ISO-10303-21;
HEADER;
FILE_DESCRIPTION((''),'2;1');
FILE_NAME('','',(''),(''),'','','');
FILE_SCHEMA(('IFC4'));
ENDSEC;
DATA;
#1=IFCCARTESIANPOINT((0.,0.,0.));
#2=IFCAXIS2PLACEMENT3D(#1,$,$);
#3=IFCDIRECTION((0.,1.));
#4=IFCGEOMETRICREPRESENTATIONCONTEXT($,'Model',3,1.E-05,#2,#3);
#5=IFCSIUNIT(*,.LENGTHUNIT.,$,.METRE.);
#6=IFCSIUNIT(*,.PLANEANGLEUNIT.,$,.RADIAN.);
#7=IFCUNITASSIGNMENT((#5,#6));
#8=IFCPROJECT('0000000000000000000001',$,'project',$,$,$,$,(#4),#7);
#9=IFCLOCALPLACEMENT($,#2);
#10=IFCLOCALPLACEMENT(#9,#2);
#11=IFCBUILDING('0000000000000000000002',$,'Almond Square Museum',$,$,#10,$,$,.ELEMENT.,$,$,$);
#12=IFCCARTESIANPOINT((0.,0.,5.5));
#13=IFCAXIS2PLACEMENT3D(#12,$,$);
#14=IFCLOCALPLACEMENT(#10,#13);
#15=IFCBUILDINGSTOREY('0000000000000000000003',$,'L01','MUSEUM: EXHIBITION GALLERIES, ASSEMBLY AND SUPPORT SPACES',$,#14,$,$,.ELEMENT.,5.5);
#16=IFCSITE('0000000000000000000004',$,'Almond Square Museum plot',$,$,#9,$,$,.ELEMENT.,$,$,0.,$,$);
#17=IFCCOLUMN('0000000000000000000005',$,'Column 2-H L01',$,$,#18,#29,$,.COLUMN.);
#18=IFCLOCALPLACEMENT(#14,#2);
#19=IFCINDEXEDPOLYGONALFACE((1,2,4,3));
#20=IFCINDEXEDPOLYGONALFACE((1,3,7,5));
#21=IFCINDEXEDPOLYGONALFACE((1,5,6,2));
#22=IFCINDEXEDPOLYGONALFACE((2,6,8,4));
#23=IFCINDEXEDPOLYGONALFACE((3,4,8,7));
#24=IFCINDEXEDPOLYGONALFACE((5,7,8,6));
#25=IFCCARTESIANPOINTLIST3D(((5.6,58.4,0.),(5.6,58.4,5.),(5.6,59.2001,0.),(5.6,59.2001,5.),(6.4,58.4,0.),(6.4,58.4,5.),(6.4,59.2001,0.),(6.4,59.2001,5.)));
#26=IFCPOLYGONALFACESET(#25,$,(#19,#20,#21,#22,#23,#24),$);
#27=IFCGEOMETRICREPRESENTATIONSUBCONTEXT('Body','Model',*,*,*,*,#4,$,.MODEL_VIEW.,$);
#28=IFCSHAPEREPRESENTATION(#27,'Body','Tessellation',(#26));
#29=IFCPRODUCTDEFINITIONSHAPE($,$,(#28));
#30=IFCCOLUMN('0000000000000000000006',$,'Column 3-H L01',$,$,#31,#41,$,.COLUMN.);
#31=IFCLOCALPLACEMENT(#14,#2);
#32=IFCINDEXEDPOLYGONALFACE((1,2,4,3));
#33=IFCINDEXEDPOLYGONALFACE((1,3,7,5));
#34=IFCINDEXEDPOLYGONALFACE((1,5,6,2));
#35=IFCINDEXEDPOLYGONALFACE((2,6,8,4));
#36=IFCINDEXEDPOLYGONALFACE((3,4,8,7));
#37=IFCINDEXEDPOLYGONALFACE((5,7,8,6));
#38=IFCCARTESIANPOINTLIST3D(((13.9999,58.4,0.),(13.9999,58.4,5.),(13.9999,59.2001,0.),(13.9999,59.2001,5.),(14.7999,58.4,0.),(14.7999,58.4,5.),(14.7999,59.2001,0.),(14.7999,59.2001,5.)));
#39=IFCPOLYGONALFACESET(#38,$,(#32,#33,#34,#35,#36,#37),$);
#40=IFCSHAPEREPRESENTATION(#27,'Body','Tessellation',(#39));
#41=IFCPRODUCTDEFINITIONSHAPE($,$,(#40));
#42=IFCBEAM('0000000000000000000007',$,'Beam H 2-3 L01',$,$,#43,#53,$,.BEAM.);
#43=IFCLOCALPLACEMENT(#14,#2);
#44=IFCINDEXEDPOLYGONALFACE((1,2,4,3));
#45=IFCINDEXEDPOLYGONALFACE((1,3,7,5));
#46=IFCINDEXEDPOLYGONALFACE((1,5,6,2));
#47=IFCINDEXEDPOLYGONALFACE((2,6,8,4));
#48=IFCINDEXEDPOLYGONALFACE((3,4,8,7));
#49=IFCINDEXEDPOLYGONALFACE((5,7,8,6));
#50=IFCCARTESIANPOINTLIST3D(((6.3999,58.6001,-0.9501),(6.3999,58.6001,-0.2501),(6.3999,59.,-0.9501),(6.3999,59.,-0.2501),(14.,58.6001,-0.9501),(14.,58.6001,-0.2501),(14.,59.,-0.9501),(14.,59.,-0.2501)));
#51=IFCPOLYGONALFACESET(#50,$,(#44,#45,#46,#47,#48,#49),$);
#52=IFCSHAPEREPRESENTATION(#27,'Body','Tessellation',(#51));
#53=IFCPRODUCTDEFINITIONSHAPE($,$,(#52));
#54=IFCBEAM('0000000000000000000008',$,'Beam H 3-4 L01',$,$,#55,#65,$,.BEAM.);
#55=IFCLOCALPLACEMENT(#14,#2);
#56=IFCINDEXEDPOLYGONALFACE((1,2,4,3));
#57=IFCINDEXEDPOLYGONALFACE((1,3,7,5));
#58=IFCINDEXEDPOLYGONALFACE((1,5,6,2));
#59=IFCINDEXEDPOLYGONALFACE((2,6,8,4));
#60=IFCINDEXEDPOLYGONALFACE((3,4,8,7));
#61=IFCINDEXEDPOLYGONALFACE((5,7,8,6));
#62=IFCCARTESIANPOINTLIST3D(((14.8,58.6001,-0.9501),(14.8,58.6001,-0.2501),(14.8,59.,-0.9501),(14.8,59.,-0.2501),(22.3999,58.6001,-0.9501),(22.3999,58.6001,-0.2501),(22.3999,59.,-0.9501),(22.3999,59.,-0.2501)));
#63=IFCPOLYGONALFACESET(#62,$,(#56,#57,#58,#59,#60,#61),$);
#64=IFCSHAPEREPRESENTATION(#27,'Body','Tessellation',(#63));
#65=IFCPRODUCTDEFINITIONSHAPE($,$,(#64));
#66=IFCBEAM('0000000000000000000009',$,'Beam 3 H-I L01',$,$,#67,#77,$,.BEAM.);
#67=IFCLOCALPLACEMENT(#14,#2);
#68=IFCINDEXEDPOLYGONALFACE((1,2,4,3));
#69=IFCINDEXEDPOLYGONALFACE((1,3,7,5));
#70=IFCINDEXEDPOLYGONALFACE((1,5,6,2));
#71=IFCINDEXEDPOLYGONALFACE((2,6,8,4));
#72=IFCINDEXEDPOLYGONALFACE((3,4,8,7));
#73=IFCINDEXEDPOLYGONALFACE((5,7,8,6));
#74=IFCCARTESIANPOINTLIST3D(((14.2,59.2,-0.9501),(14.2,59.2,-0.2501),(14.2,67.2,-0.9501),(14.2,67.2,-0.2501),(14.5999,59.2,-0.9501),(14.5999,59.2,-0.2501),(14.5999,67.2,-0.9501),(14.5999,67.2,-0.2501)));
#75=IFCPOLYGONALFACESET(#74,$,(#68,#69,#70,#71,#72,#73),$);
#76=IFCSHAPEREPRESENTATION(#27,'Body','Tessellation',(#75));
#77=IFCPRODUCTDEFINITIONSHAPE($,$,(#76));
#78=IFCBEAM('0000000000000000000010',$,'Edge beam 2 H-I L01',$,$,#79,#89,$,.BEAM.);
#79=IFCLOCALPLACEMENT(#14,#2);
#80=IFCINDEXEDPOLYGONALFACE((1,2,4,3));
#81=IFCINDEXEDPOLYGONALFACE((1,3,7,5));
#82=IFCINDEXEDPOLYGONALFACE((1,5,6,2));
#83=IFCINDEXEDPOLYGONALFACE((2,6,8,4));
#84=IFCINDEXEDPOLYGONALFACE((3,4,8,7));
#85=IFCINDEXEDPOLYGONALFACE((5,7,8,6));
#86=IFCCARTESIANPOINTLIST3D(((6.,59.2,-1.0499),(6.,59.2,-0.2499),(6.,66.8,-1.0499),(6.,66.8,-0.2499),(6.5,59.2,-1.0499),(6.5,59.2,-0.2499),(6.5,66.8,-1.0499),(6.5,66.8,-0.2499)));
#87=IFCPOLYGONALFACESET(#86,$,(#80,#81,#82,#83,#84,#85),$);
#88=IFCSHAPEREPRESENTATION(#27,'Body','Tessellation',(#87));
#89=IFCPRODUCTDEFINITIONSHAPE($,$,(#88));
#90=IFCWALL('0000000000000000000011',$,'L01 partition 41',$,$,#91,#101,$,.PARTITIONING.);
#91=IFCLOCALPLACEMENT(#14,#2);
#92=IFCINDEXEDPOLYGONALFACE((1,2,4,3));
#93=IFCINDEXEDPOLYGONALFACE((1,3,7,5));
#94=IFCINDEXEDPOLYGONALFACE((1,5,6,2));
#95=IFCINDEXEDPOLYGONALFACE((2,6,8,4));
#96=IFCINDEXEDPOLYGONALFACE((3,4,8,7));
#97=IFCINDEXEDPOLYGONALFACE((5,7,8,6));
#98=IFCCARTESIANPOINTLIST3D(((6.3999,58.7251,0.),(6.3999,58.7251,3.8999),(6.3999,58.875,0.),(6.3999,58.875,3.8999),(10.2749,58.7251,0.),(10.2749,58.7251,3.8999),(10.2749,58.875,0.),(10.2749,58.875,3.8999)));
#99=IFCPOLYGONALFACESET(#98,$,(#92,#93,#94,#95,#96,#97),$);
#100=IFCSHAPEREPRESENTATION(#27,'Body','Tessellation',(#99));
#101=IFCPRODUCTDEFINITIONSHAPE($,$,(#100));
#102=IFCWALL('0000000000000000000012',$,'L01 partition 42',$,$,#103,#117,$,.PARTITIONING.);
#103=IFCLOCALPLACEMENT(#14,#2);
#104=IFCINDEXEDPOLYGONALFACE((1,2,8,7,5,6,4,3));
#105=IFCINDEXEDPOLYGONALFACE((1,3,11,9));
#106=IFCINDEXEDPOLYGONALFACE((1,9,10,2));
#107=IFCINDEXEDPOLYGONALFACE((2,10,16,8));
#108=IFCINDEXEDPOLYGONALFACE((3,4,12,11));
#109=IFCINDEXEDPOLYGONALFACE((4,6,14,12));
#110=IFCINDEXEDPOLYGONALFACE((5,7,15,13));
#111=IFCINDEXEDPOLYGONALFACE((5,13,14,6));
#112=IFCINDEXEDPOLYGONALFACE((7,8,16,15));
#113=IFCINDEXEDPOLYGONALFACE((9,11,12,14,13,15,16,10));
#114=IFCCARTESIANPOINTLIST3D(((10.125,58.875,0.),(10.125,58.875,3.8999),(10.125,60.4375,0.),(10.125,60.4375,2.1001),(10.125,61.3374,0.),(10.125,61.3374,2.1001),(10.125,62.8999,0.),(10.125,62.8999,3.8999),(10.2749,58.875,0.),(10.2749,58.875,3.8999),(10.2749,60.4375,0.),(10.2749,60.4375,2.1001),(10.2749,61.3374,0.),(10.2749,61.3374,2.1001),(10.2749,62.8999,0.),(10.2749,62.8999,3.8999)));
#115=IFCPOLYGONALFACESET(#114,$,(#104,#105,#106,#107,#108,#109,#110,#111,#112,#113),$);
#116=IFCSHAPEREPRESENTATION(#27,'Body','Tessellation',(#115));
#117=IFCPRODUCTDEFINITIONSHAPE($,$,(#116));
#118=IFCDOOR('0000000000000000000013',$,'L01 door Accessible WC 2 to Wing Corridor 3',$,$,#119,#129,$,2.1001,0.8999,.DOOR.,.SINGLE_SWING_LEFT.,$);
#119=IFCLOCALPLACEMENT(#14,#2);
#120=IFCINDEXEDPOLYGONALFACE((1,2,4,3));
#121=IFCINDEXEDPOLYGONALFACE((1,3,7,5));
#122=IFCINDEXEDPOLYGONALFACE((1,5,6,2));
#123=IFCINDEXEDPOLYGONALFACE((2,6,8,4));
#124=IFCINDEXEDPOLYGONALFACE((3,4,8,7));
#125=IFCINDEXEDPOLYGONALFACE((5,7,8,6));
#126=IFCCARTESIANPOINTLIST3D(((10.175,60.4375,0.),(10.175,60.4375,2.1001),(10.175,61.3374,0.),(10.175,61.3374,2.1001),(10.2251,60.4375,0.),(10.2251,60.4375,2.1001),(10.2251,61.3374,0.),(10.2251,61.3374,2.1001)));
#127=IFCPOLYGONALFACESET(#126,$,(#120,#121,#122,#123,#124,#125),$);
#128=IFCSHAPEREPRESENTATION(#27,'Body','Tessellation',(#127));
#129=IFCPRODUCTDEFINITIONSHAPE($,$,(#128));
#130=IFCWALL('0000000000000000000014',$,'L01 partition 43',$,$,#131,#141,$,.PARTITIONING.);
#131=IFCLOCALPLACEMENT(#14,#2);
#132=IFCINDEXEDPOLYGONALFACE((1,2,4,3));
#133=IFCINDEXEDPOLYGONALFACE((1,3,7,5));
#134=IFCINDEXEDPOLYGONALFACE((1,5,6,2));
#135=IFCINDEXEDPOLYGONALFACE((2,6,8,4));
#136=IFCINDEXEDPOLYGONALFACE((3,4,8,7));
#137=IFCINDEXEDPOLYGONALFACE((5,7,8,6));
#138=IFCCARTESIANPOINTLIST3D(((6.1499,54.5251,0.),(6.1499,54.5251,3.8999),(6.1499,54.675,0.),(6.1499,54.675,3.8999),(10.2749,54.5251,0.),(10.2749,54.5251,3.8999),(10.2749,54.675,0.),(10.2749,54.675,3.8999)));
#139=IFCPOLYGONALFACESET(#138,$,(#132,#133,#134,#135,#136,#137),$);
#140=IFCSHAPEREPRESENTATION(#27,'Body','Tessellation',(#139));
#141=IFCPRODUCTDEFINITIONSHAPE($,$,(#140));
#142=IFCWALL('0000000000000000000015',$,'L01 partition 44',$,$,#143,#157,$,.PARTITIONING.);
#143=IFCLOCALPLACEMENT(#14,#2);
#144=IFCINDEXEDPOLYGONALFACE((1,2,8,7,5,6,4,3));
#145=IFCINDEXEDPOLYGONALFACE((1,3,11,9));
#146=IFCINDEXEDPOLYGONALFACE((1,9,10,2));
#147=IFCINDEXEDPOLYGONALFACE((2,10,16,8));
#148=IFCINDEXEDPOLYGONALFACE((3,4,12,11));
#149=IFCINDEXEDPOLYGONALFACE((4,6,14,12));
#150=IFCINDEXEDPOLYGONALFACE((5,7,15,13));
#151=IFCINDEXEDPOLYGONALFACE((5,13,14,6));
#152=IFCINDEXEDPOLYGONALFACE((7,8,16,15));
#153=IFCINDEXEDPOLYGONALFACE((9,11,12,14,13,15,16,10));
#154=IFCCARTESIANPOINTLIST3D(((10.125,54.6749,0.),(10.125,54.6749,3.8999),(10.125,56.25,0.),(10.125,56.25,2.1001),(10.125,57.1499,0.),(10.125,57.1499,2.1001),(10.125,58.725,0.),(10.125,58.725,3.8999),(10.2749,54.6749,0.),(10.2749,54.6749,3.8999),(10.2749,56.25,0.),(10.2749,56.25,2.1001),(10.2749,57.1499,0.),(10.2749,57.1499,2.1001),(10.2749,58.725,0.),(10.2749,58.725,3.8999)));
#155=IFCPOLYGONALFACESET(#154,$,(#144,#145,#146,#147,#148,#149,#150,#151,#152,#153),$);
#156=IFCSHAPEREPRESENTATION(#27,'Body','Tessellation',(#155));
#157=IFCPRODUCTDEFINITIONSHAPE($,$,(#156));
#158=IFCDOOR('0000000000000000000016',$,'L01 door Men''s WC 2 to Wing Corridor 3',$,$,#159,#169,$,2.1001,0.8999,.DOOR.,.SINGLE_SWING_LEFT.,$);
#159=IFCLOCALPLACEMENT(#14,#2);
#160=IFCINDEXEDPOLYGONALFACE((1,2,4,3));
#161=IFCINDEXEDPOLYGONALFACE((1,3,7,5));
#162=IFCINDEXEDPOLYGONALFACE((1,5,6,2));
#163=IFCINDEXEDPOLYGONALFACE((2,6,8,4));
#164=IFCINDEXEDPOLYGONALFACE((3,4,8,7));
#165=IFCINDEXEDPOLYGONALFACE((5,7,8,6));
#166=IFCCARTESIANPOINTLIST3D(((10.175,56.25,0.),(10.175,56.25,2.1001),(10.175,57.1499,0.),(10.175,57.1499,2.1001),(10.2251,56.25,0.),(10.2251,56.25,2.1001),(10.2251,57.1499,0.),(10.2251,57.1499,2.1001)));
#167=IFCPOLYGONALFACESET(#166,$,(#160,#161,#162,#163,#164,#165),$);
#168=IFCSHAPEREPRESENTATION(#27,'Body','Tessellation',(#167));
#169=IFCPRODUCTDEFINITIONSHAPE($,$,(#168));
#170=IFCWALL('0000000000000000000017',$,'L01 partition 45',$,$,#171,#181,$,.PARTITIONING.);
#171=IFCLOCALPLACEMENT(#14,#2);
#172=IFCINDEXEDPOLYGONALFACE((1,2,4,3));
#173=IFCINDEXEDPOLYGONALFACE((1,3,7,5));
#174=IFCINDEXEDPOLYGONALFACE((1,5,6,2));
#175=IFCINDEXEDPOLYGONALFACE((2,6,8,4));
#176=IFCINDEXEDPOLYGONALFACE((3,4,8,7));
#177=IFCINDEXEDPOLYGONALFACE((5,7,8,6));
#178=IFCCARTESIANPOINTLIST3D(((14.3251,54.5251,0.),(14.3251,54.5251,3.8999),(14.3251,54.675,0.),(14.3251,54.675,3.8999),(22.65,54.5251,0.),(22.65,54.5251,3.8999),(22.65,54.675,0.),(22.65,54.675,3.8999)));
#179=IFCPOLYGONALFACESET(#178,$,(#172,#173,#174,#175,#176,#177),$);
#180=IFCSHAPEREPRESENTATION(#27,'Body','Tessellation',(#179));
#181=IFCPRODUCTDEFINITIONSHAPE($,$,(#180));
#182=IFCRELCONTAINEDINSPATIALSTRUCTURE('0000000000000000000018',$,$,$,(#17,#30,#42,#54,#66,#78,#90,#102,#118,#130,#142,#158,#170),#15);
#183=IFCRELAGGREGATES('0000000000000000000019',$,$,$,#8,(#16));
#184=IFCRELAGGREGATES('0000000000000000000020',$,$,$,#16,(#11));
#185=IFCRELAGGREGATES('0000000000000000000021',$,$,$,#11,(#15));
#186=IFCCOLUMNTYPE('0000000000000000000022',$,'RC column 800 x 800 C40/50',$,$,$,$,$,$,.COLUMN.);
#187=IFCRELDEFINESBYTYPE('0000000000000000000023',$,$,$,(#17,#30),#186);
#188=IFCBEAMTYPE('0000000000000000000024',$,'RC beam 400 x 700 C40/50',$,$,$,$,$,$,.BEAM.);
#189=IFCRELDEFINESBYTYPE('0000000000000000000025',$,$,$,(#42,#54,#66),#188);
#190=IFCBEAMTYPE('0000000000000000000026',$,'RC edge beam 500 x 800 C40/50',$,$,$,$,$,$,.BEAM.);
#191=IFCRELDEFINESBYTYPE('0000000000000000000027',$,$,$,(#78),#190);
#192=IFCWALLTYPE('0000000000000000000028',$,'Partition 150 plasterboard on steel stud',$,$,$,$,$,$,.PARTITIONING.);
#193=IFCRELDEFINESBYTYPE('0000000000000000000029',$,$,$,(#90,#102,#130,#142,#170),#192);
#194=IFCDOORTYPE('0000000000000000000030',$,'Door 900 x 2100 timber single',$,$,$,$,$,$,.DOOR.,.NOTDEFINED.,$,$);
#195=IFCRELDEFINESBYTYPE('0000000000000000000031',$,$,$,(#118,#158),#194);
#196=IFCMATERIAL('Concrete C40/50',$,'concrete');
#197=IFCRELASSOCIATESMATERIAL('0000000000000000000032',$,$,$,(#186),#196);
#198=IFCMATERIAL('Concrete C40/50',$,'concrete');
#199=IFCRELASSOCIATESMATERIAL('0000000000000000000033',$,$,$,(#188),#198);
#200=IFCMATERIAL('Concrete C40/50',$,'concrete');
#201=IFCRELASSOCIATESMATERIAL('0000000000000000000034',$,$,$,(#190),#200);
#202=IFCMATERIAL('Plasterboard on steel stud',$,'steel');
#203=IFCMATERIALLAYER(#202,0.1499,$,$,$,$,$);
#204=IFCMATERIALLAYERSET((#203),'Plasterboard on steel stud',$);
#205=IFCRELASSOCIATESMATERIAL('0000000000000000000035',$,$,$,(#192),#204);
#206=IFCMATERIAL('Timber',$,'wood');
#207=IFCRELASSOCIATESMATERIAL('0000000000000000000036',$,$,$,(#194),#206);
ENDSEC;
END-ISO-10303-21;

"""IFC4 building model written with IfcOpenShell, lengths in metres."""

from ifc_helpers import new_model, si_unit, direction, frame, frame_2d, origin, origin_2d, place, context, subcontext, project, spatial, rectangle, extrude, material, layer, layer_set, material_profile, profile_set, type_object, element, fill, save


model = new_model("IFC4")

# Units and contexts
model_context = context("Model", 3, precision=1e-05, world=origin(), true_north=direction((0.0, 1.0)))
body_context = subcontext(model_context, "Body", "Model", "MODEL_VIEW")
ifc_project = project(units=[si_unit("LENGTHUNIT", "METRE"), si_unit("PLANEANGLEUNIT", "RADIAN")], contexts=[model_context])

# Site, building, storey
site_placement = place(None, origin())
site = spatial("IfcSite", under=ifc_project, at=site_placement, Name="Almond Square Museum plot", CompositionType="ELEMENT", RefElevation=0.0)
building_placement = place(site_placement, origin())
building = spatial("IfcBuilding", under=site, at=building_placement, Name="Almond Square Museum", CompositionType="ELEMENT")
storey_placement = place(building_placement, frame((0.0, 0.0, 5.5)))
storey = spatial("IfcBuildingStorey", under=building, at=storey_placement, Name="L01", Description="MUSEUM: EXHIBITION GALLERIES, ASSEMBLY AND SUPPORT SPACES", CompositionType="ELEMENT", Elevation=5.5)

# Columns
ifc_material_1 = material(Name="Concrete C40/50", Category="concrete")
ifc_material_profile_1 = material_profile(ifc_material_1, rectangle(XDim=0.8, YDim=0.8, at=origin_2d()))
ifc_profile_set_1 = profile_set([ifc_material_profile_1], Name="Concrete C40/50")
column_type = type_object("IfcColumnType", Name="RC column 800 x 800 C40/50", PredefinedType="COLUMN", material=ifc_profile_set_1)
for number, where, z_axis, x_axis, name in (
    (1, (6.0, 58.8, 0.0), (0.0, 0.0, 1.0), (1.0, 0.0, 0.0), "Column 2-H L01"),
    (2, (14.3999, 58.8, 0.0), (0.0, 0.0, 1.0), (1.0, 0.0, 0.0), "Column 3-H L01"),
):
    element("IfcColumn", number, at=place(storey_placement, frame(where, z_axis=z_axis, x_axis=x_axis)), inside=storey, type_object=column_type, Name=name, PredefinedType="COLUMN", context=body_context, shape_type="SweptSolid", body=[
        extrude(rectangle(XDim=0.8, YDim=0.8, at=origin_2d()), origin(), (0.0, 0.0, 1.0), 5.0),
    ])

# Beams
ifc_material_2 = material(Name="Concrete C40/50", Category="concrete")
ifc_material_profile_2 = material_profile(ifc_material_2, rectangle(XDim=0.3999, YDim=0.7, at=origin_2d()))
ifc_profile_set_2 = profile_set([ifc_material_profile_2], Name="Concrete C40/50")
beam_type_1 = type_object("IfcBeamType", Name="RC beam 400 x 700 C40/50", PredefinedType="BEAM", material=ifc_profile_set_2)
beam_1_placement = place(storey_placement, frame((6.3999, 58.8, -0.6001), z_axis=(1.0, 0.0, 0.0), x_axis=(0.0, 1.0, 0.0)))
element("IfcBeam", 3, at=beam_1_placement, inside=storey, type_object=beam_type_1, Name="Beam H 2-3 L01", PredefinedType="BEAM", context=body_context, shape_type="SweptSolid", body=[
    extrude(rectangle(XDim=0.3999, YDim=0.7, at=origin_2d()), origin(), (0.0, 0.0, 1.0), 7.6001),
])
beam_2_placement = place(storey_placement, frame((14.8, 58.8, -0.6001), z_axis=(1.0, 0.0, 0.0), x_axis=(0.0, 1.0, 0.0)))
element("IfcBeam", 4, at=beam_2_placement, inside=storey, type_object=beam_type_1, Name="Beam H 3-4 L01", PredefinedType="BEAM", context=body_context, shape_type="SweptSolid", body=[
    extrude(rectangle(XDim=0.3999, YDim=0.7, at=origin_2d()), origin(), (0.0, 0.0, 1.0), 7.5999),
])
beam_3_placement = place(storey_placement, frame((14.3999, 59.2, -0.6001), z_axis=(0.0, 1.0, 0.0), x_axis=(-1.0, 0.0, 0.0)))
element("IfcBeam", 5, at=beam_3_placement, inside=storey, type_object=beam_type_1, Name="Beam 3 H-I L01", PredefinedType="BEAM", context=body_context, shape_type="SweptSolid", body=[
    extrude(rectangle(XDim=0.3999, YDim=0.7, at=origin_2d()), origin(), (0.0, 0.0, 1.0), 8.0),
])
ifc_material_3 = material(Name="Concrete C40/50", Category="concrete")
ifc_material_profile_3 = material_profile(ifc_material_3, rectangle(XDim=0.5, YDim=0.8, at=origin_2d()))
ifc_profile_set_3 = profile_set([ifc_material_profile_3], Name="Concrete C40/50")
beam_type_2 = type_object("IfcBeamType", Name="RC edge beam 500 x 800 C40/50", PredefinedType="BEAM", material=ifc_profile_set_3)
beam_4_placement = place(storey_placement, frame((6.25, 59.2, -0.6499), z_axis=(0.0, 1.0, 0.0), x_axis=(-1.0, 0.0, 0.0)))
element("IfcBeam", 6, at=beam_4_placement, inside=storey, type_object=beam_type_2, Name="Edge beam 2 H-I L01", PredefinedType="BEAM", context=body_context, shape_type="SweptSolid", body=[
    extrude(rectangle(XDim=0.5, YDim=0.8, at=origin_2d()), origin(), (0.0, 0.0, 1.0), 7.6001),
])

# Wall
ifc_material_4 = material(Name="Plasterboard on steel stud", Category="steel")
ifc_layer_1 = layer(ifc_material_4, 0.1499)
ifc_layer_set_1 = layer_set([ifc_layer_1], Name="Plasterboard on steel stud")
wall_type_1 = type_object("IfcWallType", Name="Partition 150 plasterboard on steel stud", PredefinedType="PARTITIONING", material=ifc_layer_set_1)
wall_1_placement = place(storey_placement, frame((6.3999, 58.8, 0.0), z_axis=(0.0, 0.0, 1.0), x_axis=(1.0, 0.0, 0.0)))
element("IfcWall", 7, at=wall_1_placement, inside=storey, type_object=wall_type_1, Name="L01 partition 41", PredefinedType="PARTITIONING", context=body_context, shape_type="SweptSolid", body=[
    extrude(rectangle(XDim=3.875, YDim=0.1499, at=frame_2d((1.9375, 0.0))), origin(), (0.0, 0.0, 1.0), 3.8999),
])

# Wall, opening, door
wall_2_placement = place(storey_placement, frame((10.2, 58.875, 0.0), z_axis=(0.0, 0.0, 1.0), x_axis=(0.0, 1.0, 0.0)))
wall_2 = element("IfcWall", 8, at=wall_2_placement, inside=storey, type_object=wall_type_1, Name="L01 partition 42", PredefinedType="PARTITIONING", context=body_context, shape_type="SweptSolid", body=[
    extrude(rectangle(XDim=4.0249, YDim=0.1499, at=frame_2d((2.0125, 0.0))), origin(), (0.0, 0.0, 1.0), 3.8999),
])
opening_1_placement = place(wall_2_placement, frame((1.5625, 0.0, 0.0)))
opening_1 = element("IfcOpeningElement", 9, at=opening_1_placement, cuts=wall_2, PredefinedType="OPENING", context=body_context, shape_type="SweptSolid", body=[
    extrude(rectangle(XDim=0.8999, YDim=2.1001, at=frame_2d((0.45, 1.05))), frame((0.0, 0.085, 0.0), z_axis=(0.0, -1.0, 0.0), x_axis=(1.0, 0.0, 0.0)), (0.0, 0.0, 1.0), 0.1699),
])
ifc_material_5 = material(Name="Timber", Category="wood")
door_type = type_object("IfcDoorType", Name="Door 900 x 2100 timber single", OperationType="NOTDEFINED", PredefinedType="DOOR", material=ifc_material_5)
door_1_placement = place(opening_1_placement, origin())
door_1 = element("IfcDoor", 10, at=door_1_placement, inside=storey, type_object=door_type, Name="L01 door Accessible WC 2 to Wing Corridor 3", OperationType="SINGLE_SWING_LEFT", OverallHeight=2.1001, OverallWidth=0.8999, PredefinedType="DOOR", context=body_context, shape_type="SweptSolid", body=[
    extrude(rectangle(XDim=0.8999, YDim=2.1001, at=frame_2d((0.45, 1.05))), frame((0.0, 0.0249, 0.0), z_axis=(0.0, -1.0, 0.0), x_axis=(1.0, 0.0, 0.0)), (0.0, 0.0, 1.0), 0.05),
])
fill(opening_1, door_1)

# Wall
wall_3_placement = place(storey_placement, frame((6.1499, 54.6001, 0.0), z_axis=(0.0, 0.0, 1.0), x_axis=(1.0, 0.0, 0.0)))
element("IfcWall", 11, at=wall_3_placement, inside=storey, type_object=wall_type_1, Name="L01 partition 43", PredefinedType="PARTITIONING", context=body_context, shape_type="SweptSolid", body=[
    extrude(rectangle(XDim=4.125, YDim=0.1499, at=frame_2d((2.0625, 0.0))), origin(), (0.0, 0.0, 1.0), 3.8999),
])

# Wall, opening, door
wall_4_placement = place(storey_placement, frame((10.2, 54.675, 0.0), z_axis=(0.0, 0.0, 1.0), x_axis=(0.0, 1.0, 0.0)))
wall_4 = element("IfcWall", 12, at=wall_4_placement, inside=storey, type_object=wall_type_1, Name="L01 partition 44", PredefinedType="PARTITIONING", context=body_context, shape_type="SweptSolid", body=[
    extrude(rectangle(XDim=4.05, YDim=0.1499, at=frame_2d((2.0249, 0.0))), origin(), (0.0, 0.0, 1.0), 3.8999),
])
opening_2_placement = place(wall_4_placement, frame((1.575, 0.0, 0.0)))
opening_2 = element("IfcOpeningElement", 13, at=opening_2_placement, cuts=wall_4, PredefinedType="OPENING", context=body_context, shape_type="SweptSolid", body=[
    extrude(rectangle(XDim=0.8999, YDim=2.1001, at=frame_2d((0.45, 1.05))), frame((0.0, 0.085, 0.0), z_axis=(0.0, -1.0, 0.0), x_axis=(1.0, 0.0, 0.0)), (0.0, 0.0, 1.0), 0.1699),
])
door_2_placement = place(opening_2_placement, origin())
door_2 = element("IfcDoor", 14, at=door_2_placement, inside=storey, type_object=door_type, Name="L01 door Men's WC 2 to Wing Corridor 3", OperationType="SINGLE_SWING_LEFT", OverallHeight=2.1001, OverallWidth=0.8999, PredefinedType="DOOR", context=body_context, shape_type="SweptSolid", body=[
    extrude(rectangle(XDim=0.8999, YDim=2.1001, at=frame_2d((0.45, 1.05))), frame((0.0, 0.0249, 0.0), z_axis=(0.0, -1.0, 0.0), x_axis=(1.0, 0.0, 0.0)), (0.0, 0.0, 1.0), 0.05),
])
fill(opening_2, door_2)

# Wall
wall_5_placement = place(storey_placement, frame((14.325, 54.6001, 0.0), z_axis=(0.0, 0.0, 1.0), x_axis=(1.0, 0.0, 0.0)))
element("IfcWall", 15, at=wall_5_placement, inside=storey, type_object=wall_type_1, Name="L01 partition 45", PredefinedType="PARTITIONING", context=body_context, shape_type="SweptSolid", body=[
    extrude(rectangle(XDim=8.325, YDim=0.1499, at=frame_2d((4.1626, 0.0))), origin(), (0.0, 0.0, 1.0), 3.8999),
])

save(model, "model.ifc")
